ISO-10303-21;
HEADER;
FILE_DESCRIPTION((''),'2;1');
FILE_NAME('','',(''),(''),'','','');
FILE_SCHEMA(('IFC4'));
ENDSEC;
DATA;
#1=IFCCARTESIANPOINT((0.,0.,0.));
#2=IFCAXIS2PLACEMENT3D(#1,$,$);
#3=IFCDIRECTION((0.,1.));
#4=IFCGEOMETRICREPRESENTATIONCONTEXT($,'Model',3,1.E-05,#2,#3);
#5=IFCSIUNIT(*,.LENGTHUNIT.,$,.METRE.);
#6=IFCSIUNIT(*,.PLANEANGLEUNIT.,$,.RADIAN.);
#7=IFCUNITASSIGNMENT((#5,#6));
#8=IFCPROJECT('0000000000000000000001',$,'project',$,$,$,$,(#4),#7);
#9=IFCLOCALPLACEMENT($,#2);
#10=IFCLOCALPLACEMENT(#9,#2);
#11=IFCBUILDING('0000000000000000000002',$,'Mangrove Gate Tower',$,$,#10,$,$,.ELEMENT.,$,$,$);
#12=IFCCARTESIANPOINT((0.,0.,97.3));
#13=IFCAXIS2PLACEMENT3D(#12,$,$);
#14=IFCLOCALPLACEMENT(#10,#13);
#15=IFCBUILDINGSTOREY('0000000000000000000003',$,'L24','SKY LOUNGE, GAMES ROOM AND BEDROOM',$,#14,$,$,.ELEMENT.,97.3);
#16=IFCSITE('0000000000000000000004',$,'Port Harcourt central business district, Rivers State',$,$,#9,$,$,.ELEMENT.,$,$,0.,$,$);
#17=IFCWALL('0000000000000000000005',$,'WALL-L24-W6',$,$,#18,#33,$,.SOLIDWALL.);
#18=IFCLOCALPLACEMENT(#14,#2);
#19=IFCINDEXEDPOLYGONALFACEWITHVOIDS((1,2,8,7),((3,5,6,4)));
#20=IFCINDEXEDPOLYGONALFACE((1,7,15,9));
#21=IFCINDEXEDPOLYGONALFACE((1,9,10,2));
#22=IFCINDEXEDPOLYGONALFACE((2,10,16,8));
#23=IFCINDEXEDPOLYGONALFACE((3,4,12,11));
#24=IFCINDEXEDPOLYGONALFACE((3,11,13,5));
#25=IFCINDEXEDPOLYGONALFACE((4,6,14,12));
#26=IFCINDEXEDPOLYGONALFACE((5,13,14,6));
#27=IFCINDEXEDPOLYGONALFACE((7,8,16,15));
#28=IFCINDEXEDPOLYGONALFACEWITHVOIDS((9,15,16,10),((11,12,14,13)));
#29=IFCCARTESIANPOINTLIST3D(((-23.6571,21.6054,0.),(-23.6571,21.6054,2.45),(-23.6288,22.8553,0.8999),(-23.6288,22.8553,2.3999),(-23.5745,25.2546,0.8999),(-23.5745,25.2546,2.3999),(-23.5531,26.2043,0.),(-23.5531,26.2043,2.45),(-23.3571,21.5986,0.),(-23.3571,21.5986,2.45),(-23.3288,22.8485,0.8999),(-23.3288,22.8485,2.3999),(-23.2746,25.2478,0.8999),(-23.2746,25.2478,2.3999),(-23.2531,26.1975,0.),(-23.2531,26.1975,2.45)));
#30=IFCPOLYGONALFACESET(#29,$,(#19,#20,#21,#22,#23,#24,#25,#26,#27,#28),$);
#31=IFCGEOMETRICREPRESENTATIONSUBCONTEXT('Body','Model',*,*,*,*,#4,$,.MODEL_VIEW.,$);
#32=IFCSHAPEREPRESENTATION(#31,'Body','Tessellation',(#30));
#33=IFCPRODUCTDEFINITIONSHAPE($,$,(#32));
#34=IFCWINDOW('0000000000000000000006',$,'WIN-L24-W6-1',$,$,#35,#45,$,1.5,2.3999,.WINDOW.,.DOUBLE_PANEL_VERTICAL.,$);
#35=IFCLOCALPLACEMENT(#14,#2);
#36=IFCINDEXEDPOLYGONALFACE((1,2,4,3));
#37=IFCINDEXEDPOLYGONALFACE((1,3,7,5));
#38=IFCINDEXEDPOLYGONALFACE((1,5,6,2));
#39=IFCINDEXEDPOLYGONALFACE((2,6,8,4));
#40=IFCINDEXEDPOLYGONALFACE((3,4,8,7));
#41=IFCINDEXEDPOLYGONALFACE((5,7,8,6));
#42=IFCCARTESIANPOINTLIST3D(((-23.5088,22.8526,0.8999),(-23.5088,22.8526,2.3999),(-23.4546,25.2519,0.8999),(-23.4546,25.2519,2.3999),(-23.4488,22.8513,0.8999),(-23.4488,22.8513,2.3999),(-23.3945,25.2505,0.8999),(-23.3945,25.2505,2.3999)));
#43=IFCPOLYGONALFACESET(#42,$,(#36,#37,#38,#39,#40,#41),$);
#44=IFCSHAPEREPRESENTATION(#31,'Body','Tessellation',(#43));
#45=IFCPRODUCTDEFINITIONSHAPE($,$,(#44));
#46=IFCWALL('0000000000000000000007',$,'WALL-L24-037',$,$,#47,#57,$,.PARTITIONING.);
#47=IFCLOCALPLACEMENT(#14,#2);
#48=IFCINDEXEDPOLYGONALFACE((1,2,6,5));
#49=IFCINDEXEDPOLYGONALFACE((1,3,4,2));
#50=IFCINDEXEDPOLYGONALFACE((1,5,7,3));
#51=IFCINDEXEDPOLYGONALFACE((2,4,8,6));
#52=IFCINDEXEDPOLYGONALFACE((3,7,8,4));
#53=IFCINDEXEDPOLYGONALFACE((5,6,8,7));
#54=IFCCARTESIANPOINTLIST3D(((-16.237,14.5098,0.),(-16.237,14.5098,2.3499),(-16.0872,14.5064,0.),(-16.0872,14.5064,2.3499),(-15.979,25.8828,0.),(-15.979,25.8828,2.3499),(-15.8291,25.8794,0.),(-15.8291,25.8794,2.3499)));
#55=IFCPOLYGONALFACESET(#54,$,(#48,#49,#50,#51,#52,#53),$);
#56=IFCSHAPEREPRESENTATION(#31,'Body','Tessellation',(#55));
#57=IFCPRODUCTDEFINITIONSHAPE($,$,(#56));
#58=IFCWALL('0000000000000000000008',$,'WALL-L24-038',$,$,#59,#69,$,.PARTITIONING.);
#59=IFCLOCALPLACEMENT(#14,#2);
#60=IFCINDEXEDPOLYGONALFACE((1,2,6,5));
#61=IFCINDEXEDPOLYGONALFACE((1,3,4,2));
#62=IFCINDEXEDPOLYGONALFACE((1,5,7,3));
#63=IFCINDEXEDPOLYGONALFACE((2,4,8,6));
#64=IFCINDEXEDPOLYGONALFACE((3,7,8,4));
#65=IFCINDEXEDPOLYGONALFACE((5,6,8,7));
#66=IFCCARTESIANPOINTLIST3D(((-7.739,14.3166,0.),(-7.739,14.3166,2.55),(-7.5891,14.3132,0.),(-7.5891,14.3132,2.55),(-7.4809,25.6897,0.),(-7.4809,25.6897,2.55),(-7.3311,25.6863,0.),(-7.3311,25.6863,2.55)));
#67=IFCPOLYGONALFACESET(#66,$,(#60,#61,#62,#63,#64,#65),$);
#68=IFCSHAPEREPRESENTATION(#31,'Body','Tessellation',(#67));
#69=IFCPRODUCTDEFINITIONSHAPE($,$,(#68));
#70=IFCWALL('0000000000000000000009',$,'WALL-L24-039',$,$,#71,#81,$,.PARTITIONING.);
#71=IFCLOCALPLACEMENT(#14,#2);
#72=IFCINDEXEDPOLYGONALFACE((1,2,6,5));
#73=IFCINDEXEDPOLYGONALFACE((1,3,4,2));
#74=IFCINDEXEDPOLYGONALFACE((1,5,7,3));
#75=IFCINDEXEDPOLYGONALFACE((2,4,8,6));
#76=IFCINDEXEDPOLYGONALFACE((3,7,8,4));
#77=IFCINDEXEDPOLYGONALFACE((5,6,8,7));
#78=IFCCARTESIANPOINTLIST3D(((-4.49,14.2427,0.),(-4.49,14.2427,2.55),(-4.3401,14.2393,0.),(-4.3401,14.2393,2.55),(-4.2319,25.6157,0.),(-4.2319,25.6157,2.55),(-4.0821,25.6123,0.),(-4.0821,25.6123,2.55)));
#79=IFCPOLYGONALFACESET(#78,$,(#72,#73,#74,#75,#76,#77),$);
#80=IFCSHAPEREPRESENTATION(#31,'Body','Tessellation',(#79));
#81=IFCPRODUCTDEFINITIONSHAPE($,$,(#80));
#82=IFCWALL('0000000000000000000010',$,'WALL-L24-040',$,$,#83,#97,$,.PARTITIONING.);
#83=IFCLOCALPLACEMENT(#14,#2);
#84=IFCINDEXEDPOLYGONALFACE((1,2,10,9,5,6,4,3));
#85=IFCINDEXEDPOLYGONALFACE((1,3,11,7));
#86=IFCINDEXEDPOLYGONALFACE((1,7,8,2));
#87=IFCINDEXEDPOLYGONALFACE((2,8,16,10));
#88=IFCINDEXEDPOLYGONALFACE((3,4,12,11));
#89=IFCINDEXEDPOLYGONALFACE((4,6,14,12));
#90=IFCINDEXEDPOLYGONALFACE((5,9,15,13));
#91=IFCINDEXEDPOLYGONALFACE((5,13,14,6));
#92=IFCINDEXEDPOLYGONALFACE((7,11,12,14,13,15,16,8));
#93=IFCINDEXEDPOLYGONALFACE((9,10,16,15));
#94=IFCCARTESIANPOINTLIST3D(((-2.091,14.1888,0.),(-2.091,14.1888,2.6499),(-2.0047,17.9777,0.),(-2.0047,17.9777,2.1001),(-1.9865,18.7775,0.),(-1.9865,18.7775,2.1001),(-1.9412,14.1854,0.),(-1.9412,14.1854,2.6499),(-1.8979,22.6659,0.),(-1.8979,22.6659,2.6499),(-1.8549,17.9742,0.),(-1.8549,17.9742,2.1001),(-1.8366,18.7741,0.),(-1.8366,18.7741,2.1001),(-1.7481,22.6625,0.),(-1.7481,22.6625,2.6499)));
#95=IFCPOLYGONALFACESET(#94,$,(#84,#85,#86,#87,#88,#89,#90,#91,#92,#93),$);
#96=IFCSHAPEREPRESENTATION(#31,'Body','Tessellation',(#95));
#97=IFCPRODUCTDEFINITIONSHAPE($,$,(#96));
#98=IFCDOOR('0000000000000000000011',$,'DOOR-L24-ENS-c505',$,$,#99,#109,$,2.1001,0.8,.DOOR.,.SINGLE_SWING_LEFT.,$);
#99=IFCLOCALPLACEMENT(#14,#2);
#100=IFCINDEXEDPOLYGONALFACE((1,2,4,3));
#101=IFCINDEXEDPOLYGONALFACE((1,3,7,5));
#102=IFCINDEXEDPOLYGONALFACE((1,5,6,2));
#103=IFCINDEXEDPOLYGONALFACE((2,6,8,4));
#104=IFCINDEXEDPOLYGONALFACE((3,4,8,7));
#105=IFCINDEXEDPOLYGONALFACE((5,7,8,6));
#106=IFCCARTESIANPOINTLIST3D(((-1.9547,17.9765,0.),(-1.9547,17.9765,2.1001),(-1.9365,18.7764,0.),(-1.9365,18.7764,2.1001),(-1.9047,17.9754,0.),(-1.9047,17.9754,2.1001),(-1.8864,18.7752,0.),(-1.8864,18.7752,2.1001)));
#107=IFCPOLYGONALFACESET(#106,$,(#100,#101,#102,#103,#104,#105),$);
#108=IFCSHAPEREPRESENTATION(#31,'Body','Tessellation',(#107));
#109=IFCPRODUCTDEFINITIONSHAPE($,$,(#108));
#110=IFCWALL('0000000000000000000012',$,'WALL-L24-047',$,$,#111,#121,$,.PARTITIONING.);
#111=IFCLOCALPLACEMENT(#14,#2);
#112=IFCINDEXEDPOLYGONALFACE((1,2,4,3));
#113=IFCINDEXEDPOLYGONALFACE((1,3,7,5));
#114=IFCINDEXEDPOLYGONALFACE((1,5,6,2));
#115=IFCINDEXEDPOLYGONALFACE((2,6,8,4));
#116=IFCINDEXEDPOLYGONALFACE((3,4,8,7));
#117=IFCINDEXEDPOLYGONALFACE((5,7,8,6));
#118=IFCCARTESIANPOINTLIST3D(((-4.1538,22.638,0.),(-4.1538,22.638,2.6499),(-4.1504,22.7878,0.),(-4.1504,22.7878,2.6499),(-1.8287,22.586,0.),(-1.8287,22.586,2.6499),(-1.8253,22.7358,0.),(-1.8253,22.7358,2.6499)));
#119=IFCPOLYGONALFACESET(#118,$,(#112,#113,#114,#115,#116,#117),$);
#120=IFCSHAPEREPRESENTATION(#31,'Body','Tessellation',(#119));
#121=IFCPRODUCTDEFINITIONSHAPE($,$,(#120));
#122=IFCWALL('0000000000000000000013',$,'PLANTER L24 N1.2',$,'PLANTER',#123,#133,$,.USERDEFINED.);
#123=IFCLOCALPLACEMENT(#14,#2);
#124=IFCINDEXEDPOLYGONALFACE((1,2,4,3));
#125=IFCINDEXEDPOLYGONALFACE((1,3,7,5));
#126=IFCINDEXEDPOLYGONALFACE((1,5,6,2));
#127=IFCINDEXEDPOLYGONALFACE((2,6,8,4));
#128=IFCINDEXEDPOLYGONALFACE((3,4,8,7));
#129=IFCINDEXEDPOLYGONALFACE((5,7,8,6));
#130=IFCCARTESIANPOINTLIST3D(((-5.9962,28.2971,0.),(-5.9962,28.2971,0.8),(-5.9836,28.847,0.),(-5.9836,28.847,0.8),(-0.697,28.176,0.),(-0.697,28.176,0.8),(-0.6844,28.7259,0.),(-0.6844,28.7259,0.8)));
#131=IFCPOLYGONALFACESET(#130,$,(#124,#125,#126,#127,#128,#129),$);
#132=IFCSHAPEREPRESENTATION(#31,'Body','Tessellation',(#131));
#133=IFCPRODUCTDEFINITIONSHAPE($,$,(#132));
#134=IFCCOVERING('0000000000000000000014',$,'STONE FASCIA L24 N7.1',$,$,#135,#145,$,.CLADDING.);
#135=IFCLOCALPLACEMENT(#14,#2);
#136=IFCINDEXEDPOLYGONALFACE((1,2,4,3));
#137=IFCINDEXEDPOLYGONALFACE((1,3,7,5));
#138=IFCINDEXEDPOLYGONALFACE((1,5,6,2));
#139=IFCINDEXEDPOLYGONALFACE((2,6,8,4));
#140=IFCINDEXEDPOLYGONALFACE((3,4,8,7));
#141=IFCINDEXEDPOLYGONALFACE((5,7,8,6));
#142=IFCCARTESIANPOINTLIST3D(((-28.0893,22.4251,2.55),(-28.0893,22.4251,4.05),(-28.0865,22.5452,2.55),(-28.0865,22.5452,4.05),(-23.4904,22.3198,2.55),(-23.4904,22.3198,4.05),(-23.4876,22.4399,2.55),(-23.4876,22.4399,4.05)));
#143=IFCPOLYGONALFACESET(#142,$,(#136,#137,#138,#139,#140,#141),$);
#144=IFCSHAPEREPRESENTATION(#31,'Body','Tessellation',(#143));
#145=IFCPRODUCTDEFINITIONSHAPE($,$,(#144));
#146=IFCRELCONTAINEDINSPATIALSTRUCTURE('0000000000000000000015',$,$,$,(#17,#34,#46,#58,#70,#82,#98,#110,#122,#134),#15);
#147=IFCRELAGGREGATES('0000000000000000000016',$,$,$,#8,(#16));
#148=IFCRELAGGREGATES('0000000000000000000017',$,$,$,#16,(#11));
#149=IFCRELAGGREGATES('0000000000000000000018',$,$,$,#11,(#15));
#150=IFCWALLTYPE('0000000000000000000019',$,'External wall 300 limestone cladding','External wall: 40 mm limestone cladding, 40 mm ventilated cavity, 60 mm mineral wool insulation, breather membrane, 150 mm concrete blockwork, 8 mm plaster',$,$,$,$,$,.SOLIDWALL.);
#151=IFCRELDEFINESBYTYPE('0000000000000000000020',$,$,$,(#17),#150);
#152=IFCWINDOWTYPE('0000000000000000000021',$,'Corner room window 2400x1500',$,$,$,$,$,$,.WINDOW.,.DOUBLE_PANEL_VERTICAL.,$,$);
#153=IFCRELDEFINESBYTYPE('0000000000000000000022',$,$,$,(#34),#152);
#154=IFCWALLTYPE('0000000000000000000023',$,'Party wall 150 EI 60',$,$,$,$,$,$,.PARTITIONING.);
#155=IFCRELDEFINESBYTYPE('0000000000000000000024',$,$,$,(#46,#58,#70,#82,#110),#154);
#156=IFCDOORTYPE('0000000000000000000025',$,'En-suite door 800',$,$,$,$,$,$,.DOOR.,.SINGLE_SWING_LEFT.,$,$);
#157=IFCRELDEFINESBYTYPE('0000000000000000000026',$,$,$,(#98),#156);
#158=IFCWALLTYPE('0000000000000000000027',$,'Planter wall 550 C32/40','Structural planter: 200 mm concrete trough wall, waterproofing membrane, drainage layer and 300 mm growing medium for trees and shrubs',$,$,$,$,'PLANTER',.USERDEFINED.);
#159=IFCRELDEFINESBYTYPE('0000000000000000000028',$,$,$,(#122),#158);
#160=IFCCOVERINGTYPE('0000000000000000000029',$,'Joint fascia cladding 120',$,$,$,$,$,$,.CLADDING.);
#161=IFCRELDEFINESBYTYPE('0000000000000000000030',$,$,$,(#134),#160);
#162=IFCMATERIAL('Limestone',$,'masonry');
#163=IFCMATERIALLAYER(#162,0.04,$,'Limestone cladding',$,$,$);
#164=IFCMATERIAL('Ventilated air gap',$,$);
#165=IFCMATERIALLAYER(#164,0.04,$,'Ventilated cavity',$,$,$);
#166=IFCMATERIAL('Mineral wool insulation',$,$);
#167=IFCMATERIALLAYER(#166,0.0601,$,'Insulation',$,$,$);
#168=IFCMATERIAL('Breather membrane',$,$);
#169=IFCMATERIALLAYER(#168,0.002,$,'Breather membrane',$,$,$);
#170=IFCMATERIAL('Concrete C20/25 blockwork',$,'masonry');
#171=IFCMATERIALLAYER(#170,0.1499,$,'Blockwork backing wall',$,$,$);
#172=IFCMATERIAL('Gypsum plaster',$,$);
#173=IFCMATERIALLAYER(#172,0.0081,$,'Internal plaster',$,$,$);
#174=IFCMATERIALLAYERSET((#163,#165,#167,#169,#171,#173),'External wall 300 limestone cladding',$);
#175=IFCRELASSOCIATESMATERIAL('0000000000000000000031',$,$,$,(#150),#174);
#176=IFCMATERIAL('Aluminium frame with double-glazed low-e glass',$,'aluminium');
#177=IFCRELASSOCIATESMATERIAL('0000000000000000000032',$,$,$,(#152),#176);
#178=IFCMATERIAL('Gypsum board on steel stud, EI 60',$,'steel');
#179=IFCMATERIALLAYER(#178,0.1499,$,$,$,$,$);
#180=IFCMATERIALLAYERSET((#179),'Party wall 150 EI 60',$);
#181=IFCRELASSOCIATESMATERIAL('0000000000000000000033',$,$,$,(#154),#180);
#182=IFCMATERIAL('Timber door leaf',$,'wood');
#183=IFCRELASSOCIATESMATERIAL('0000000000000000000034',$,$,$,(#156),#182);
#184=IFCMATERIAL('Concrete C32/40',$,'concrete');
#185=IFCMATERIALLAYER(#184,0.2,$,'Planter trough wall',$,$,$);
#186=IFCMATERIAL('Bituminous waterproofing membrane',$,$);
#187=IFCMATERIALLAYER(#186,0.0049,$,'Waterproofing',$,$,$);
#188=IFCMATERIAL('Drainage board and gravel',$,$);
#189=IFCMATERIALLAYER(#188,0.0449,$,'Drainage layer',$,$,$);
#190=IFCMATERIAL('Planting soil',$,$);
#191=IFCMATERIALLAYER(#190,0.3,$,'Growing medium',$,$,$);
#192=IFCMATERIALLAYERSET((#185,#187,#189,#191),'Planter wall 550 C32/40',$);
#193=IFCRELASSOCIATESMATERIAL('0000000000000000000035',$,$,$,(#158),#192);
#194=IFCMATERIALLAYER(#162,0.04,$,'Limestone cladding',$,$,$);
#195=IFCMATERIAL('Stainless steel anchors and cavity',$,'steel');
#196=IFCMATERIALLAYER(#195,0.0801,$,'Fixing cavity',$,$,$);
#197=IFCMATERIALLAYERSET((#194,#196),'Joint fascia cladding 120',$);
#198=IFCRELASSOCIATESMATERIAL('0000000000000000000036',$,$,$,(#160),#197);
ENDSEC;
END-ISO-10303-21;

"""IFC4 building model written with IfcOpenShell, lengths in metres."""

from ifc_helpers import new_model, si_unit, direction, frame, frame_2d, origin, place, context, subcontext, project, spatial, rectangle, extrude, material, layer, layer_set, type_object, element, fill, save


model = new_model("IFC4")

# Units and contexts
model_context = context("Model", 3, precision=1e-05, world=origin(), true_north=direction((0.0, 1.0)))
body_context = subcontext(model_context, "Body", "Model", "MODEL_VIEW")
ifc_project = project(units=[si_unit("LENGTHUNIT", "METRE"), si_unit("PLANEANGLEUNIT", "RADIAN")], contexts=[model_context])

# Site, building, storey
site_placement = place(None, origin())
site = spatial("IfcSite", under=ifc_project, at=site_placement, Name="Port Harcourt central business district, Rivers State", CompositionType="ELEMENT", RefElevation=0.0)
building_placement = place(site_placement, origin())
building = spatial("IfcBuilding", under=site, at=building_placement, Name="Mangrove Gate Tower", CompositionType="ELEMENT")
storey_placement = place(building_placement, frame((0.0, 0.0, 97.3)))
storey = spatial("IfcBuildingStorey", under=building, at=storey_placement, Name="L24", Description="SKY LOUNGE, GAMES ROOM AND BEDROOM", CompositionType="ELEMENT", Elevation=97.3)

# Wall, opening, window
ifc_material_1 = material(Name="Limestone", Category="masonry")
ifc_layer_1 = layer(ifc_material_1, 0.04, Name="Limestone cladding")
ifc_material_2 = material(Name="Ventilated air gap")
ifc_layer_2 = layer(ifc_material_2, 0.04, Name="Ventilated cavity")
ifc_material_3 = material(Name="Mineral wool insulation")
ifc_layer_3 = layer(ifc_material_3, 0.0601, Name="Insulation")
ifc_material_4 = material(Name="Breather membrane")
ifc_layer_4 = layer(ifc_material_4, 0.002, Name="Breather membrane")
ifc_material_5 = material(Name="Concrete C20/25 blockwork", Category="masonry")
ifc_layer_5 = layer(ifc_material_5, 0.1499, Name="Blockwork backing wall")
ifc_material_6 = material(Name="Gypsum plaster")
ifc_layer_6 = layer(ifc_material_6, 0.0081, Name="Internal plaster")
ifc_layer_set_1 = layer_set([ifc_layer_1, ifc_layer_2, ifc_layer_3, ifc_layer_4, ifc_layer_5, ifc_layer_6], Name="External wall 300 limestone cladding")
wall_type_1 = type_object("IfcWallType", Name="External wall 300 limestone cladding", Description="External wall: 40 mm limestone cladding, 40 mm ventilated cavity, 60 mm mineral wool insulation, breather membrane, 150 mm concrete blockwork, 8 mm plaster", PredefinedType="SOLIDWALL", material=ifc_layer_set_1)
wall_1_placement = place(storey_placement, frame((-23.4031, 26.2009, 0.0), z_axis=(0.0, 0.0, 1.0), x_axis=(-0.022609, -0.999744, 0.0)))
wall_1 = element("IfcWall", 1, at=wall_1_placement, inside=storey, type_object=wall_type_1, Name="WALL-L24-W6", PredefinedType="SOLIDWALL", context=body_context, shape_type="SweptSolid", body=[
    extrude(rectangle(XDim=4.6001, YDim=0.3, at=frame_2d((2.3, 0.0))), origin(), (0.0, 0.0, 1.0), 2.45),
])
opening_1_placement = place(wall_1_placement, frame((0.95, 0.0, 0.8999)))
opening_1 = element("IfcOpeningElement", 2, at=opening_1_placement, cuts=wall_1, PredefinedType="OPENING", context=body_context, shape_type="SweptSolid", body=[
    extrude(rectangle(XDim=2.3999, YDim=1.5, at=frame_2d((1.2, 0.75))), frame((0.0, 0.1599, 0.0), z_axis=(0.0, -1.0, 0.0), x_axis=(1.0, 0.0, 0.0)), (0.0, 0.0, 1.0), 0.3201),
])
ifc_material_7 = material(Name="Aluminium frame with double-glazed low-e glass", Category="aluminium")
window_type = type_object("IfcWindowType", Name="Corner room window 2400x1500", PartitioningType="DOUBLE_PANEL_VERTICAL", PredefinedType="WINDOW", material=ifc_material_7)
window_placement = place(opening_1_placement, origin())
window = element("IfcWindow", 3, at=window_placement, inside=storey, type_object=window_type, Name="WIN-L24-W6-1", OverallHeight=1.5, OverallWidth=2.3999, PartitioningType="DOUBLE_PANEL_VERTICAL", PredefinedType="WINDOW", context=body_context, shape_type="SweptSolid", body=[
    extrude(rectangle(XDim=2.3999, YDim=1.5, at=frame_2d((1.2, 0.75))), frame((0.0, 0.03, 0.0), z_axis=(0.0, -1.0, 0.0), x_axis=(1.0, 0.0, 0.0)), (0.0, 0.0, 1.0), 0.0601),
])
fill(opening_1, window)

# Walls
ifc_material_8 = material(Name="Gypsum board on steel stud, EI 60", Category="steel")
ifc_layer_7 = layer(ifc_material_8, 0.1499)
ifc_layer_set_2 = layer_set([ifc_layer_7], Name="Party wall 150 EI 60")
wall_type_2 = type_object("IfcWallType", Name="Party wall 150 EI 60", PredefinedType="PARTITIONING", material=ifc_layer_set_2)
wall_2_placement = place(storey_placement, frame((-16.1621, 14.5081, 0.0), z_axis=(0.0, 0.0, 1.0), x_axis=(0.022684, 0.999743, 0.0)))
element("IfcWall", 4, at=wall_2_placement, inside=storey, type_object=wall_type_2, Name="WALL-L24-037", PredefinedType="PARTITIONING", context=body_context, shape_type="SweptSolid", body=[
    extrude(rectangle(XDim=11.376, YDim=0.1499, at=frame_2d((5.688, 0.0))), origin(), (0.0, 0.0, 1.0), 2.3499),
])
for number, where, z_axis, x_axis, name in (
    (5, (-7.6641, 14.3149, 0.0), (0.0, 0.0, 1.0), (0.022684, 0.999743, 0.0), "WALL-L24-038"),
    (6, (-4.415, 14.241, 0.0), (0.0, 0.0, 1.0), (0.022684, 0.999743, 0.0), "WALL-L24-039"),
):
    element("IfcWall", number, at=place(storey_placement, frame(where, z_axis=z_axis, x_axis=x_axis)), inside=storey, type_object=wall_type_2, Name=name, PredefinedType="PARTITIONING", context=body_context, shape_type="SweptSolid", body=[
        extrude(rectangle(XDim=11.376, YDim=0.1499, at=frame_2d((5.688, 0.0))), origin(), (0.0, 0.0, 1.0), 2.55),
    ])

# Wall, opening, door
wall_3_placement = place(storey_placement, frame((-2.0161, 14.187, 0.0), z_axis=(0.0, 0.0, 1.0), x_axis=(0.022775, 0.999741, 0.0)))
wall_3 = element("IfcWall", 7, at=wall_3_placement, inside=storey, type_object=wall_type_2, Name="WALL-L24-040", PredefinedType="PARTITIONING", context=body_context, shape_type="SweptSolid", body=[
    extrude(rectangle(XDim=8.4792, YDim=0.1499, at=frame_2d((4.2397, 0.0))), origin(), (0.0, 0.0, 1.0), 2.6499),
])
opening_2_placement = place(wall_3_placement, frame((3.79, 0.0, 0.0)))
opening_2 = element("IfcOpeningElement", 8, at=opening_2_placement, cuts=wall_3, PredefinedType="OPENING", context=body_context, shape_type="SweptSolid", body=[
    extrude(rectangle(XDim=0.8, YDim=2.1001, at=frame_2d((0.3999, 1.05))), frame((0.0, 0.085, 0.0), z_axis=(0.0, -1.0, 0.0), x_axis=(1.0, 0.0, 0.0)), (0.0, 0.0, 1.0), 0.1699),
])
ifc_material_9 = material(Name="Timber door leaf", Category="wood")
door_type = type_object("IfcDoorType", Name="En-suite door 800", OperationType="SINGLE_SWING_LEFT", PredefinedType="DOOR", material=ifc_material_9)
door_placement = place(opening_2_placement, origin())
door = element("IfcDoor", 9, at=door_placement, inside=storey, type_object=door_type, Name="DOOR-L24-ENS-c505", OperationType="SINGLE_SWING_LEFT", OverallHeight=2.1001, OverallWidth=0.8, PredefinedType="DOOR", context=body_context, shape_type="SweptSolid", body=[
    extrude(rectangle(XDim=0.8, YDim=2.1001, at=frame_2d((0.3999, 1.05))), frame((0.0, 0.0249, 0.0), z_axis=(0.0, -1.0, 0.0), x_axis=(1.0, 0.0, 0.0)), (0.0, 0.0, 1.0), 0.05),
])
fill(opening_2, door)

# Walls
wall_4_placement = place(storey_placement, frame((-4.1521, 22.7129, 0.0), z_axis=(0.0, 0.0, 1.0), x_axis=(0.99975, -0.022359, 0.0)))
element("IfcWall", 10, at=wall_4_placement, inside=storey, type_object=wall_type_2, Name="WALL-L24-047", PredefinedType="PARTITIONING", context=body_context, shape_type="SweptSolid", body=[
    extrude(rectangle(XDim=2.3257, YDim=0.1499, at=frame_2d((1.1628, 0.0))), origin(), (0.0, 0.0, 1.0), 2.6499),
])
ifc_material_10 = material(Name="Concrete C32/40", Category="concrete")
ifc_layer_8 = layer(ifc_material_10, 0.2, Name="Planter trough wall")
ifc_material_11 = material(Name="Bituminous waterproofing membrane")
ifc_layer_9 = layer(ifc_material_11, 0.0049, Name="Waterproofing")
ifc_material_12 = material(Name="Drainage board and gravel")
ifc_layer_10 = layer(ifc_material_12, 0.0449, Name="Drainage layer")
ifc_material_13 = material(Name="Planting soil")
ifc_layer_11 = layer(ifc_material_13, 0.3, Name="Growing medium")
ifc_layer_set_3 = layer_set([ifc_layer_8, ifc_layer_9, ifc_layer_10, ifc_layer_11], Name="Planter wall 550 C32/40")
wall_type_3 = type_object("IfcWallType", Name="Planter wall 550 C32/40", Description="Structural planter: 200 mm concrete trough wall, waterproofing membrane, drainage layer and 300 mm growing medium for trees and shrubs", ElementType="PLANTER", PredefinedType="USERDEFINED", material=ifc_layer_set_3)
wall_5_placement = place(storey_placement, frame((-5.99, 28.572, 0.0), z_axis=(0.0, 0.0, 1.0), x_axis=(0.999739, -0.022846, 0.0)))
element("IfcWall", 11, at=wall_5_placement, inside=storey, type_object=wall_type_3, Name="PLANTER L24 N1.2", ObjectType="PLANTER", PredefinedType="USERDEFINED", context=body_context, shape_type="SweptSolid", body=[
    extrude(rectangle(XDim=5.3005, YDim=0.55, at=frame_2d((2.6504, 0.0))), origin(), (0.0, 0.0, 1.0), 0.8),
])

# Covering
ifc_layer_12 = layer(ifc_material_1, 0.04, Name="Limestone cladding")
ifc_material_14 = material(Name="Stainless steel anchors and cavity", Category="steel")
ifc_layer_13 = layer(ifc_material_14, 0.0801, Name="Fixing cavity")
ifc_layer_set_4 = layer_set([ifc_layer_12, ifc_layer_13], Name="Joint fascia cladding 120")
covering_type = type_object("IfcCoveringType", Name="Joint fascia cladding 120", PredefinedType="CLADDING", material=ifc_layer_set_4)
covering_placement = place(storey_placement, frame((-23.489, 22.3799, 2.55), z_axis=(0.0, 0.0, 1.0), x_axis=(-0.999738, 0.022875, 0.0)))
element("IfcCovering", 12, at=covering_placement, inside=storey, type_object=covering_type, Name="STONE FASCIA L24 N7.1", PredefinedType="CLADDING", context=body_context, shape_type="SweptSolid", body=[
    extrude(rectangle(XDim=4.6001, YDim=0.1201, at=frame_2d((2.3, 0.0))), origin(), (0.0, 0.0, 1.0), 1.5),
])

save(model, "model.ifc")
